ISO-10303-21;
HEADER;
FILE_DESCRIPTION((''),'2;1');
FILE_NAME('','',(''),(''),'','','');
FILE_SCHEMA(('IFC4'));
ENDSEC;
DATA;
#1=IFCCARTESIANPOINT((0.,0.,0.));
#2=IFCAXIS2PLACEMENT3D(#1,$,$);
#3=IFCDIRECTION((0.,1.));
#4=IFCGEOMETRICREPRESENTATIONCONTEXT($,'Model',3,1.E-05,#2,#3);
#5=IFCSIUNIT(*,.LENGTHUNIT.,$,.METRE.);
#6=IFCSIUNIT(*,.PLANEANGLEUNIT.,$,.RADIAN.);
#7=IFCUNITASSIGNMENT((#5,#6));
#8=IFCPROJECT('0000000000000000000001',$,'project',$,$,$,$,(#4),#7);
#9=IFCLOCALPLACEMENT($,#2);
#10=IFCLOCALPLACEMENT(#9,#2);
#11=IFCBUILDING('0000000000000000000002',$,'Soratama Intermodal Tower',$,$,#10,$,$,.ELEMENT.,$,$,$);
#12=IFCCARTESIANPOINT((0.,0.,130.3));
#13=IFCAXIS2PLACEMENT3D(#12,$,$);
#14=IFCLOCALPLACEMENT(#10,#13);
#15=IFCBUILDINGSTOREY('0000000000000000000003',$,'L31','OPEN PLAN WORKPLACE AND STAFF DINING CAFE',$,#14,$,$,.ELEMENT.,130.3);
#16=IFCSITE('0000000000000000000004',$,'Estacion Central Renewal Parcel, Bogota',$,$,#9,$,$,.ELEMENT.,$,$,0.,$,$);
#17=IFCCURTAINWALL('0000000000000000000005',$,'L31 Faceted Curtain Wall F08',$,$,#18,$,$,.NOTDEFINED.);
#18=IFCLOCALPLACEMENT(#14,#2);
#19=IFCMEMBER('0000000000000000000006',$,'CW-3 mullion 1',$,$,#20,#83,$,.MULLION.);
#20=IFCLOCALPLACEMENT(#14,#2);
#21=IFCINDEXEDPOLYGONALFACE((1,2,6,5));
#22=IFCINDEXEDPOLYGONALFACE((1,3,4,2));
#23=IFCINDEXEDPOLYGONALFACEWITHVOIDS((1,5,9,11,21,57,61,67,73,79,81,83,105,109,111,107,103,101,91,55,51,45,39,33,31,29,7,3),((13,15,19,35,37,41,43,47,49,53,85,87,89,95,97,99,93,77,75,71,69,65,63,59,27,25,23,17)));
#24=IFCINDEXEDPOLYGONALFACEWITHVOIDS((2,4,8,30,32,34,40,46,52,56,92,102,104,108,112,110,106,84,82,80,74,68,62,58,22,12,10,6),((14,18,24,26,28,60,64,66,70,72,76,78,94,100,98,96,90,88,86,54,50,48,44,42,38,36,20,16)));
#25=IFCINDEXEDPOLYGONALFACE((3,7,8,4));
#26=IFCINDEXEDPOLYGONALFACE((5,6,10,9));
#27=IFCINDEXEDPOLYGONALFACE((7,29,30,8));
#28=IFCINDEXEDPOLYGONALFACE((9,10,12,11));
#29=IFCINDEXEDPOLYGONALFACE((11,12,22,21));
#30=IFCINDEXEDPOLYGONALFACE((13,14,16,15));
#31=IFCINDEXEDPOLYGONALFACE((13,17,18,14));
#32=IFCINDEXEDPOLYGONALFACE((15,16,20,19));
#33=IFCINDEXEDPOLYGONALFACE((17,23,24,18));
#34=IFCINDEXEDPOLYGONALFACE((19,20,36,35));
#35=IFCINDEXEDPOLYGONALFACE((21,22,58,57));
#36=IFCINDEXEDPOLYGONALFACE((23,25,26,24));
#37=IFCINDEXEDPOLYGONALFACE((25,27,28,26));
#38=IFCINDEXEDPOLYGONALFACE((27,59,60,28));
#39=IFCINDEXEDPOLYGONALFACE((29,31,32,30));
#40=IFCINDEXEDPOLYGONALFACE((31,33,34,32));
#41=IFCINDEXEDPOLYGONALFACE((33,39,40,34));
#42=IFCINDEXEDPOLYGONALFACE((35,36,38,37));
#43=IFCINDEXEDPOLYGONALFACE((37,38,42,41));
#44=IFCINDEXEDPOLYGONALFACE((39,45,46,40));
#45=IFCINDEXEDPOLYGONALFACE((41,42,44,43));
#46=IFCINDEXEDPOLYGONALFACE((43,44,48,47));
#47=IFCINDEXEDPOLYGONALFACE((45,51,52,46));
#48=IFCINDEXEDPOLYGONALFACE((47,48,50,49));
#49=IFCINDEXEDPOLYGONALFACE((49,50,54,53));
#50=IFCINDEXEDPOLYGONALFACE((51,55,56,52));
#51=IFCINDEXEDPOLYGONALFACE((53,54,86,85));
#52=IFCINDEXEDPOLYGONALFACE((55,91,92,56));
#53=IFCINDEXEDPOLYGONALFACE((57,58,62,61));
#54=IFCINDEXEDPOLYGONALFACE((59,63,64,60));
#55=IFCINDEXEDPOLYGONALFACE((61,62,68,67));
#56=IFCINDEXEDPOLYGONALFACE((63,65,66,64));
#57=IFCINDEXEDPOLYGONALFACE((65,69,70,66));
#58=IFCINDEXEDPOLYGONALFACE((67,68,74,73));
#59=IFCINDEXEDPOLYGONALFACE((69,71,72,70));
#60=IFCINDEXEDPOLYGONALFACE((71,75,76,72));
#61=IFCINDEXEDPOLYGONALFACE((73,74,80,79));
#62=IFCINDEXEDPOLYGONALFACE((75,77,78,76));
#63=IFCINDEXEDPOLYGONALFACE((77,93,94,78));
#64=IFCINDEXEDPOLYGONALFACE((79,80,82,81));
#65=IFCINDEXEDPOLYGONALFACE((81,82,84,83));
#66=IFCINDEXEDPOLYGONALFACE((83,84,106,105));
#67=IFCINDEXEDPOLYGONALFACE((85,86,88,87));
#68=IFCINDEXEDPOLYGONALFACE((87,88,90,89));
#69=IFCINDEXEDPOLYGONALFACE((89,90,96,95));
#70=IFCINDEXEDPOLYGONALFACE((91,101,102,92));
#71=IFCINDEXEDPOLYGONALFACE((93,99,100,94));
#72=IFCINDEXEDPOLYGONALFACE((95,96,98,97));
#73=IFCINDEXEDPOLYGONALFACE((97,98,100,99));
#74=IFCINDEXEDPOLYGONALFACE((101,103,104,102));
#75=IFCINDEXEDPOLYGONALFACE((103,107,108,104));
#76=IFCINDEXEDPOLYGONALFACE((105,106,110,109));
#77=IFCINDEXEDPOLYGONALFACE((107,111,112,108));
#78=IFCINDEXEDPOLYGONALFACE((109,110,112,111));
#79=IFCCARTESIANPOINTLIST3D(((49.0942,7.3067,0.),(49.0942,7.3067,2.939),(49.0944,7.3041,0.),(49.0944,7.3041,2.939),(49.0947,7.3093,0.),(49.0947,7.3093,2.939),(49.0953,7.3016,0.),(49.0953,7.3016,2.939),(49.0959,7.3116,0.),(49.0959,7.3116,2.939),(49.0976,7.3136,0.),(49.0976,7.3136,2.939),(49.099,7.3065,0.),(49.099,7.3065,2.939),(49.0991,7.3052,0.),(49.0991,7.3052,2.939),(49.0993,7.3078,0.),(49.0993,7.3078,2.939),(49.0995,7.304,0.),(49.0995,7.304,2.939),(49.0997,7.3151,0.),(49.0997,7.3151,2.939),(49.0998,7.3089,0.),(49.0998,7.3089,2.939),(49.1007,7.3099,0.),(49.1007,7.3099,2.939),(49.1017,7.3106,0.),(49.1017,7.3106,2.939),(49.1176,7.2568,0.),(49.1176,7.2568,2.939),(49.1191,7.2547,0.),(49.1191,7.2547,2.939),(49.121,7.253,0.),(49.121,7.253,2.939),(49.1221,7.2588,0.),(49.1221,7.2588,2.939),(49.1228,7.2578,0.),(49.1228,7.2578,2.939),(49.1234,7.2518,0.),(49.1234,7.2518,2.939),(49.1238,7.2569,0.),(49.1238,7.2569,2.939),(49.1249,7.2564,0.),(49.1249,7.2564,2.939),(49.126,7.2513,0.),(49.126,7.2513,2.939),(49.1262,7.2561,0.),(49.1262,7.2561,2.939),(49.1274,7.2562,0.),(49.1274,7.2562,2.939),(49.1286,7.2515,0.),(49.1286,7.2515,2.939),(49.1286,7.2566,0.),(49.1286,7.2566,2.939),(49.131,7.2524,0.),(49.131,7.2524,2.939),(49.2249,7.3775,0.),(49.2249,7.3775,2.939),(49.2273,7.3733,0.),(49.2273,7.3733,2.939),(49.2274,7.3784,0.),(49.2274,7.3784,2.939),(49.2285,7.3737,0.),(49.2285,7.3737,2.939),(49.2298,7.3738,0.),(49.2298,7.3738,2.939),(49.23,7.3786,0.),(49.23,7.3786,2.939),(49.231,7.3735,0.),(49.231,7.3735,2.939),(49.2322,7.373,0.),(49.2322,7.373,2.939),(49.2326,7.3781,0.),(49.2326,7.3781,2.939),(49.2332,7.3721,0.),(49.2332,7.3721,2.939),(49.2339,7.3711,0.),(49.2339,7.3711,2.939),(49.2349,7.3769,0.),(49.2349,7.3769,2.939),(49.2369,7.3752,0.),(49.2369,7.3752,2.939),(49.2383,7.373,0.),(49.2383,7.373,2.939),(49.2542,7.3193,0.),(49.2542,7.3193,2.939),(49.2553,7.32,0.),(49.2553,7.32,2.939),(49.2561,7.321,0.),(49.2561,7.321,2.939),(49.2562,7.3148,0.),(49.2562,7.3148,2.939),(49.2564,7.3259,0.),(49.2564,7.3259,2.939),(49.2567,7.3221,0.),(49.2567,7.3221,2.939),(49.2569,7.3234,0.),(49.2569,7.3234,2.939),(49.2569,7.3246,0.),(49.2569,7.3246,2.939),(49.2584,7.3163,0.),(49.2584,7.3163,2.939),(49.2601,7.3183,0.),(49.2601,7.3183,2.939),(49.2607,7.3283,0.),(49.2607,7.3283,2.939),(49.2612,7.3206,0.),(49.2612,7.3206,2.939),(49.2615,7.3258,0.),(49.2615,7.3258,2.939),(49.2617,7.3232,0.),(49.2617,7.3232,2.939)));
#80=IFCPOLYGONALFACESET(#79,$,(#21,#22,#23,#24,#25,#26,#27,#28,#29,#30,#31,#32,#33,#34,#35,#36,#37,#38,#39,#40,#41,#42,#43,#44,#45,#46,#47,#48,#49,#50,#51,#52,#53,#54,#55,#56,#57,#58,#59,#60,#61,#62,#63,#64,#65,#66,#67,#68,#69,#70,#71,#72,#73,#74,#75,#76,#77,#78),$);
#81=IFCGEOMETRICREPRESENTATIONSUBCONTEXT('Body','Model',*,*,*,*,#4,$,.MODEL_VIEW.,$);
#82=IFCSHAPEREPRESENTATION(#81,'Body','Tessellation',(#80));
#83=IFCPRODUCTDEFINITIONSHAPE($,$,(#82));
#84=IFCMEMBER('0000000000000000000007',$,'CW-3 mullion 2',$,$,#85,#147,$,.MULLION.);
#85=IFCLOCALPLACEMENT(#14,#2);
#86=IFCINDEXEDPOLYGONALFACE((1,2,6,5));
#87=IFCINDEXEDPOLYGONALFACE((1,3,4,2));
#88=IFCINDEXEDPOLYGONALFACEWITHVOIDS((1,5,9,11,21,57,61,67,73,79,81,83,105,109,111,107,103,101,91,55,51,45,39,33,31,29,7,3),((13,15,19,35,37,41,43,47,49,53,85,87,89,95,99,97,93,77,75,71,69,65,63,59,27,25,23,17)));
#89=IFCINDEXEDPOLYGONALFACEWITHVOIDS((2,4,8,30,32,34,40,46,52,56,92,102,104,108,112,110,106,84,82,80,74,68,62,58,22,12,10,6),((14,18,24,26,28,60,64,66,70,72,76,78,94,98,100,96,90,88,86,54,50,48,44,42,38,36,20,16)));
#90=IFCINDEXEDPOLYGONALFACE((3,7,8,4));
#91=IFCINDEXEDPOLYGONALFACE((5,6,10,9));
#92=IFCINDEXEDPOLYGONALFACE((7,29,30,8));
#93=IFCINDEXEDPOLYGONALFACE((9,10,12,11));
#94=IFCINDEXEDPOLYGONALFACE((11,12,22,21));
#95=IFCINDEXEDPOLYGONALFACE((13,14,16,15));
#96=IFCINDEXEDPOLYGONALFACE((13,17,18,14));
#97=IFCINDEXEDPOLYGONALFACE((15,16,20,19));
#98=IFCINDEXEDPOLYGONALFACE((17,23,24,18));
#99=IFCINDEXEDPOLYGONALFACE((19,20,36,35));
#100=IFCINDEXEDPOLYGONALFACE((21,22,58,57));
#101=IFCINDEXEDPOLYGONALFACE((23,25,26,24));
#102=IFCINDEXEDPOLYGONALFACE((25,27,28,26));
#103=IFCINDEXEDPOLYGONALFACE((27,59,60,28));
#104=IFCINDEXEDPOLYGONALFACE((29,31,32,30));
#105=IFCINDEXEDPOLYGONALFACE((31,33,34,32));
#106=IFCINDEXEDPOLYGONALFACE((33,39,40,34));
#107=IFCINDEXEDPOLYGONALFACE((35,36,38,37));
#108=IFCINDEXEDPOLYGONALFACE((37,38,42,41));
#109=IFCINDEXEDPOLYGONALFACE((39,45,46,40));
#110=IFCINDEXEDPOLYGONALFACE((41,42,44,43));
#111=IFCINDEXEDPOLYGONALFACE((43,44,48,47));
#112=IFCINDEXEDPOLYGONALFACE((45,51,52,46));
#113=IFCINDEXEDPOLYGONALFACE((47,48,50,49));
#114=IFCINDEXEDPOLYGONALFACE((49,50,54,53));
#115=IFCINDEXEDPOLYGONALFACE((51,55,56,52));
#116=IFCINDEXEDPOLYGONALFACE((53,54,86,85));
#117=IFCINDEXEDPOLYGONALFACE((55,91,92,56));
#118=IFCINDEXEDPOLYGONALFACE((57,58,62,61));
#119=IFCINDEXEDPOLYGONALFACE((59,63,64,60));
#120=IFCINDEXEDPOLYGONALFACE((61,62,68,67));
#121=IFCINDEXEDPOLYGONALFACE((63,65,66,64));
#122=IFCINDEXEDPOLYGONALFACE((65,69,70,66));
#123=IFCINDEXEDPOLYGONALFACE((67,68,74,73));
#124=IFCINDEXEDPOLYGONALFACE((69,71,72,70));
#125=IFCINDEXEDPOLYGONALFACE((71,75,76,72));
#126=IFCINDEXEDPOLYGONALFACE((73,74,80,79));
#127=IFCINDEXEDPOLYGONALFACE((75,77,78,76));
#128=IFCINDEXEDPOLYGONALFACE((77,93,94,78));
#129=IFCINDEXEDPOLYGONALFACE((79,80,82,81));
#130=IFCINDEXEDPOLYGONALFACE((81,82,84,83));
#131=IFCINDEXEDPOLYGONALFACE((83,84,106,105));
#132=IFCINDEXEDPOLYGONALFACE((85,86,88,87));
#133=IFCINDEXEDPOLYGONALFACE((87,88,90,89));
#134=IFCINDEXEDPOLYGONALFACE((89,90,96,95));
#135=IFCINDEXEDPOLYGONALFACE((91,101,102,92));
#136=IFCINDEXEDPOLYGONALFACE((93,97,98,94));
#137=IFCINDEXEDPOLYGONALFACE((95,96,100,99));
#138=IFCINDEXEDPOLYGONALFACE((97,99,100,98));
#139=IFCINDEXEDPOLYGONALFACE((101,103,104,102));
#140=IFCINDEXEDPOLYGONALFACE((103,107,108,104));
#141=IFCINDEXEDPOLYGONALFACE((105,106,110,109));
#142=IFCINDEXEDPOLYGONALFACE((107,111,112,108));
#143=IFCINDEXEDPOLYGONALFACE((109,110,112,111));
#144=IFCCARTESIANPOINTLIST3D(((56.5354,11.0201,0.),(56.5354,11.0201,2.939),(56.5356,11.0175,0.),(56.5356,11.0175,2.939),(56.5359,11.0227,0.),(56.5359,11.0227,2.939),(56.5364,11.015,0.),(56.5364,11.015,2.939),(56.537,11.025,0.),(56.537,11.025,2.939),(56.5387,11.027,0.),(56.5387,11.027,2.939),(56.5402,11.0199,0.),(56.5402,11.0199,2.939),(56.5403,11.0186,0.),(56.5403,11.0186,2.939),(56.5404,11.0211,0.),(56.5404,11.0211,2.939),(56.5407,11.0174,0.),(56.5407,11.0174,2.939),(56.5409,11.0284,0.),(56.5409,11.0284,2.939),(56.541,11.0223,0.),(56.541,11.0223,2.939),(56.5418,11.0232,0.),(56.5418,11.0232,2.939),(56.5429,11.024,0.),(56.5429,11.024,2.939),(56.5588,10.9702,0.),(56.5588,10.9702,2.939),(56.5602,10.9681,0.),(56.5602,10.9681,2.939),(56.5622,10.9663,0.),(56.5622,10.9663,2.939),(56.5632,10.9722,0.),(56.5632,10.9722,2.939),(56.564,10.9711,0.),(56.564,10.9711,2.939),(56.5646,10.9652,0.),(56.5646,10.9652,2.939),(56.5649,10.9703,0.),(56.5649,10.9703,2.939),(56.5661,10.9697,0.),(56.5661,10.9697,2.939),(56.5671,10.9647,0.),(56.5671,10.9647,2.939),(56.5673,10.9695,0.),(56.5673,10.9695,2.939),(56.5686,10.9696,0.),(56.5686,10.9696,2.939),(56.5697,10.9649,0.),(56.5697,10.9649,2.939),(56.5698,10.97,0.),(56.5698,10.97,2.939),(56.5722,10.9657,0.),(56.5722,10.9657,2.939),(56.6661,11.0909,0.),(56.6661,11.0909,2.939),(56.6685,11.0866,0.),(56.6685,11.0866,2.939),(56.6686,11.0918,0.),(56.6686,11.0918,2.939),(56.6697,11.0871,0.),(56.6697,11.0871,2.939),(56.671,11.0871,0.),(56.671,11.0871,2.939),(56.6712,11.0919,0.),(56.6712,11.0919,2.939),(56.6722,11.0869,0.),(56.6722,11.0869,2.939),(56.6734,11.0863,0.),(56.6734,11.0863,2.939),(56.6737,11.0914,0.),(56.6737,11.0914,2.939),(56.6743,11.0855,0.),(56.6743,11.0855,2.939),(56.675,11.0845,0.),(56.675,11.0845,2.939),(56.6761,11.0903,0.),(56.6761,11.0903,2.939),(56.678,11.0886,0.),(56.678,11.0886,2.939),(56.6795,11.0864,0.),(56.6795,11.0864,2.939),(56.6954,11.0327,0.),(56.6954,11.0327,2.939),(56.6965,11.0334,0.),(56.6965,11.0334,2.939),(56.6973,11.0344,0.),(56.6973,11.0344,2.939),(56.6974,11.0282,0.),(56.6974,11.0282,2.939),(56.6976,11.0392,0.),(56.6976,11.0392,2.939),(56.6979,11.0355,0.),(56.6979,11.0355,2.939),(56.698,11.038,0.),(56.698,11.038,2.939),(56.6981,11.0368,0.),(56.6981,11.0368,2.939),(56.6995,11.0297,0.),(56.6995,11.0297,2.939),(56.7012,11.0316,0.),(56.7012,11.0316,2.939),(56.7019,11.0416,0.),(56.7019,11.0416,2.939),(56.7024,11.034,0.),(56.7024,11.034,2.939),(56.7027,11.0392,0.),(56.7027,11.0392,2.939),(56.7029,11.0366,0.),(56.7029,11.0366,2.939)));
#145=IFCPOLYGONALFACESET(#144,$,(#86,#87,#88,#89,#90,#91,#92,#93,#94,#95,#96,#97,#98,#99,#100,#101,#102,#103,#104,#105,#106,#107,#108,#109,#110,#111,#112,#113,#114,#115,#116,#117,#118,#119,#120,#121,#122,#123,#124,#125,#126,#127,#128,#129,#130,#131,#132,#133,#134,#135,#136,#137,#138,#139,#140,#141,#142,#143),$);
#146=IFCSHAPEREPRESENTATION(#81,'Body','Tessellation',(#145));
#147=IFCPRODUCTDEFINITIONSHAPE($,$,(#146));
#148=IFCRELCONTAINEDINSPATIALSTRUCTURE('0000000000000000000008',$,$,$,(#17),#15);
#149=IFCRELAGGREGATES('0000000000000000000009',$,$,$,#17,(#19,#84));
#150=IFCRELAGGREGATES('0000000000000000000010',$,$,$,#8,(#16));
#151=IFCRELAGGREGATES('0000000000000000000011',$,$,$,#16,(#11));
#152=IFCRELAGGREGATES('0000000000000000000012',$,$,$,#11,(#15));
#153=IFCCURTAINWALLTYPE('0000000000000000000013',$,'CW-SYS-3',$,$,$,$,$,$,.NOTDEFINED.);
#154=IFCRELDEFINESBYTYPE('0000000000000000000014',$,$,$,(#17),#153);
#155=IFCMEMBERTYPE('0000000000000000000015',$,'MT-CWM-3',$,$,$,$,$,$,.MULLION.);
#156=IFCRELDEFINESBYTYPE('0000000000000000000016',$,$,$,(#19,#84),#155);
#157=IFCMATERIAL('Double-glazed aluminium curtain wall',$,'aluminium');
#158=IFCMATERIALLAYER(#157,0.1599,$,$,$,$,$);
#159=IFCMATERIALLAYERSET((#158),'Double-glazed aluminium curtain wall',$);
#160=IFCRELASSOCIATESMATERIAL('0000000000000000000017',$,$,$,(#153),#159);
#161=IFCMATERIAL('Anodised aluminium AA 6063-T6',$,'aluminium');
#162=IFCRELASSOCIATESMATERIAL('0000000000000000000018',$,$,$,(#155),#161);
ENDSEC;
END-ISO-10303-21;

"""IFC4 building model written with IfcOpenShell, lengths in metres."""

from ifc_helpers import new_model, si_unit, direction, frame, origin, origin_2d, place, context, subcontext, project, spatial, hollow_rectangle, extrude, material, layer, layer_set, material_profile, profile_set, type_object, element, aggregate, save


model = new_model("IFC4")

# Units and contexts
model_context = context("Model", 3, precision=1e-05, world=origin(), true_north=direction((0.0, 1.0)))
body_context = subcontext(model_context, "Body", "Model", "MODEL_VIEW")
ifc_project = project(units=[si_unit("LENGTHUNIT", "METRE"), si_unit("PLANEANGLEUNIT", "RADIAN")], contexts=[model_context])

# Site, building, storey
site_placement = place(None, origin())
site = spatial("IfcSite", under=ifc_project, at=site_placement, Name="Estacion Central Renewal Parcel, Bogota", CompositionType="ELEMENT", RefElevation=0.0)
building_placement = place(site_placement, origin())
building = spatial("IfcBuilding", under=site, at=building_placement, Name="Soratama Intermodal Tower", CompositionType="ELEMENT")
storey_placement = place(building_placement, frame((0.0, 0.0, 130.3)))
storey = spatial("IfcBuildingStorey", under=building, at=storey_placement, Name="L31", Description="OPEN PLAN WORKPLACE AND STAFF DINING CAFE", CompositionType="ELEMENT", Elevation=130.3)

# Curtain wall, members
ifc_material_1 = material(Name="Double-glazed aluminium curtain wall", Category="aluminium")
ifc_layer_1 = layer(ifc_material_1, 0.1599)
ifc_layer_set_1 = layer_set([ifc_layer_1], Name="Double-glazed aluminium curtain wall")
curtain_wall_type = type_object("IfcCurtainWallType", Name="CW-SYS-3", PredefinedType="NOTDEFINED", material=ifc_layer_set_1)
curtain_wall_1_placement = place(storey_placement, origin())
curtain_wall_1 = element("IfcCurtainWall", 1, at=curtain_wall_1_placement, inside=storey, type_object=curtain_wall_type, Name="L31 Faceted Curtain Wall F08", PredefinedType="NOTDEFINED")
ifc_material_2 = material(Name="Anodised aluminium AA 6063-T6", Category="aluminium")
ifc_material_profile_1 = material_profile(ifc_material_2, hollow_rectangle(XDim=0.0701, YDim=0.1599, WallThickness=0.0049, InnerFilletRadius=0.0049, OuterFilletRadius=0.01, at=origin_2d()), Name="CWM160X70X5")
ifc_profile_set_1 = profile_set([ifc_material_profile_1], Name="Anodised aluminium AA 6063-T6")
member_type_1 = type_object("IfcMemberType", Name="MT-CWM-3", PredefinedType="MULLION", material=ifc_profile_set_1)
member_1_placement = place(storey_placement, frame((49.178, 7.3149, 0.0), z_axis=(0.0, 0.0, 1.0), x_axis=(-0.446516, 0.894776, 0.0)))
member_1 = element("IfcMember", 2, at=member_1_placement, type_object=member_type_1, Name="CW-3 mullion 1", PredefinedType="MULLION", context=body_context, shape_type="SweptSolid", body=[
    extrude(hollow_rectangle(XDim=0.0701, YDim=0.1599, WallThickness=0.0049, InnerFilletRadius=0.0049, OuterFilletRadius=0.01, at=origin_2d()), origin(), (0.0, 0.0, 1.0), 2.939),
])
member_2_placement = place(storey_placement, frame((56.6191, 11.0283, 0.0), z_axis=(0.0, 0.0, 1.0), x_axis=(-0.446516, 0.894776, 0.0)))
member_2 = element("IfcMember", 3, at=member_2_placement, type_object=member_type_1, Name="CW-3 mullion 2", PredefinedType="MULLION", context=body_context, shape_type="SweptSolid", body=[
    extrude(hollow_rectangle(XDim=0.0701, YDim=0.1599, WallThickness=0.0049, InnerFilletRadius=0.0049, OuterFilletRadius=0.01, at=origin_2d()), origin(), (0.0, 0.0, 1.0), 2.939),
])

aggregate(curtain_wall_1, [member_1, member_2])

save(model, "model.ifc")
